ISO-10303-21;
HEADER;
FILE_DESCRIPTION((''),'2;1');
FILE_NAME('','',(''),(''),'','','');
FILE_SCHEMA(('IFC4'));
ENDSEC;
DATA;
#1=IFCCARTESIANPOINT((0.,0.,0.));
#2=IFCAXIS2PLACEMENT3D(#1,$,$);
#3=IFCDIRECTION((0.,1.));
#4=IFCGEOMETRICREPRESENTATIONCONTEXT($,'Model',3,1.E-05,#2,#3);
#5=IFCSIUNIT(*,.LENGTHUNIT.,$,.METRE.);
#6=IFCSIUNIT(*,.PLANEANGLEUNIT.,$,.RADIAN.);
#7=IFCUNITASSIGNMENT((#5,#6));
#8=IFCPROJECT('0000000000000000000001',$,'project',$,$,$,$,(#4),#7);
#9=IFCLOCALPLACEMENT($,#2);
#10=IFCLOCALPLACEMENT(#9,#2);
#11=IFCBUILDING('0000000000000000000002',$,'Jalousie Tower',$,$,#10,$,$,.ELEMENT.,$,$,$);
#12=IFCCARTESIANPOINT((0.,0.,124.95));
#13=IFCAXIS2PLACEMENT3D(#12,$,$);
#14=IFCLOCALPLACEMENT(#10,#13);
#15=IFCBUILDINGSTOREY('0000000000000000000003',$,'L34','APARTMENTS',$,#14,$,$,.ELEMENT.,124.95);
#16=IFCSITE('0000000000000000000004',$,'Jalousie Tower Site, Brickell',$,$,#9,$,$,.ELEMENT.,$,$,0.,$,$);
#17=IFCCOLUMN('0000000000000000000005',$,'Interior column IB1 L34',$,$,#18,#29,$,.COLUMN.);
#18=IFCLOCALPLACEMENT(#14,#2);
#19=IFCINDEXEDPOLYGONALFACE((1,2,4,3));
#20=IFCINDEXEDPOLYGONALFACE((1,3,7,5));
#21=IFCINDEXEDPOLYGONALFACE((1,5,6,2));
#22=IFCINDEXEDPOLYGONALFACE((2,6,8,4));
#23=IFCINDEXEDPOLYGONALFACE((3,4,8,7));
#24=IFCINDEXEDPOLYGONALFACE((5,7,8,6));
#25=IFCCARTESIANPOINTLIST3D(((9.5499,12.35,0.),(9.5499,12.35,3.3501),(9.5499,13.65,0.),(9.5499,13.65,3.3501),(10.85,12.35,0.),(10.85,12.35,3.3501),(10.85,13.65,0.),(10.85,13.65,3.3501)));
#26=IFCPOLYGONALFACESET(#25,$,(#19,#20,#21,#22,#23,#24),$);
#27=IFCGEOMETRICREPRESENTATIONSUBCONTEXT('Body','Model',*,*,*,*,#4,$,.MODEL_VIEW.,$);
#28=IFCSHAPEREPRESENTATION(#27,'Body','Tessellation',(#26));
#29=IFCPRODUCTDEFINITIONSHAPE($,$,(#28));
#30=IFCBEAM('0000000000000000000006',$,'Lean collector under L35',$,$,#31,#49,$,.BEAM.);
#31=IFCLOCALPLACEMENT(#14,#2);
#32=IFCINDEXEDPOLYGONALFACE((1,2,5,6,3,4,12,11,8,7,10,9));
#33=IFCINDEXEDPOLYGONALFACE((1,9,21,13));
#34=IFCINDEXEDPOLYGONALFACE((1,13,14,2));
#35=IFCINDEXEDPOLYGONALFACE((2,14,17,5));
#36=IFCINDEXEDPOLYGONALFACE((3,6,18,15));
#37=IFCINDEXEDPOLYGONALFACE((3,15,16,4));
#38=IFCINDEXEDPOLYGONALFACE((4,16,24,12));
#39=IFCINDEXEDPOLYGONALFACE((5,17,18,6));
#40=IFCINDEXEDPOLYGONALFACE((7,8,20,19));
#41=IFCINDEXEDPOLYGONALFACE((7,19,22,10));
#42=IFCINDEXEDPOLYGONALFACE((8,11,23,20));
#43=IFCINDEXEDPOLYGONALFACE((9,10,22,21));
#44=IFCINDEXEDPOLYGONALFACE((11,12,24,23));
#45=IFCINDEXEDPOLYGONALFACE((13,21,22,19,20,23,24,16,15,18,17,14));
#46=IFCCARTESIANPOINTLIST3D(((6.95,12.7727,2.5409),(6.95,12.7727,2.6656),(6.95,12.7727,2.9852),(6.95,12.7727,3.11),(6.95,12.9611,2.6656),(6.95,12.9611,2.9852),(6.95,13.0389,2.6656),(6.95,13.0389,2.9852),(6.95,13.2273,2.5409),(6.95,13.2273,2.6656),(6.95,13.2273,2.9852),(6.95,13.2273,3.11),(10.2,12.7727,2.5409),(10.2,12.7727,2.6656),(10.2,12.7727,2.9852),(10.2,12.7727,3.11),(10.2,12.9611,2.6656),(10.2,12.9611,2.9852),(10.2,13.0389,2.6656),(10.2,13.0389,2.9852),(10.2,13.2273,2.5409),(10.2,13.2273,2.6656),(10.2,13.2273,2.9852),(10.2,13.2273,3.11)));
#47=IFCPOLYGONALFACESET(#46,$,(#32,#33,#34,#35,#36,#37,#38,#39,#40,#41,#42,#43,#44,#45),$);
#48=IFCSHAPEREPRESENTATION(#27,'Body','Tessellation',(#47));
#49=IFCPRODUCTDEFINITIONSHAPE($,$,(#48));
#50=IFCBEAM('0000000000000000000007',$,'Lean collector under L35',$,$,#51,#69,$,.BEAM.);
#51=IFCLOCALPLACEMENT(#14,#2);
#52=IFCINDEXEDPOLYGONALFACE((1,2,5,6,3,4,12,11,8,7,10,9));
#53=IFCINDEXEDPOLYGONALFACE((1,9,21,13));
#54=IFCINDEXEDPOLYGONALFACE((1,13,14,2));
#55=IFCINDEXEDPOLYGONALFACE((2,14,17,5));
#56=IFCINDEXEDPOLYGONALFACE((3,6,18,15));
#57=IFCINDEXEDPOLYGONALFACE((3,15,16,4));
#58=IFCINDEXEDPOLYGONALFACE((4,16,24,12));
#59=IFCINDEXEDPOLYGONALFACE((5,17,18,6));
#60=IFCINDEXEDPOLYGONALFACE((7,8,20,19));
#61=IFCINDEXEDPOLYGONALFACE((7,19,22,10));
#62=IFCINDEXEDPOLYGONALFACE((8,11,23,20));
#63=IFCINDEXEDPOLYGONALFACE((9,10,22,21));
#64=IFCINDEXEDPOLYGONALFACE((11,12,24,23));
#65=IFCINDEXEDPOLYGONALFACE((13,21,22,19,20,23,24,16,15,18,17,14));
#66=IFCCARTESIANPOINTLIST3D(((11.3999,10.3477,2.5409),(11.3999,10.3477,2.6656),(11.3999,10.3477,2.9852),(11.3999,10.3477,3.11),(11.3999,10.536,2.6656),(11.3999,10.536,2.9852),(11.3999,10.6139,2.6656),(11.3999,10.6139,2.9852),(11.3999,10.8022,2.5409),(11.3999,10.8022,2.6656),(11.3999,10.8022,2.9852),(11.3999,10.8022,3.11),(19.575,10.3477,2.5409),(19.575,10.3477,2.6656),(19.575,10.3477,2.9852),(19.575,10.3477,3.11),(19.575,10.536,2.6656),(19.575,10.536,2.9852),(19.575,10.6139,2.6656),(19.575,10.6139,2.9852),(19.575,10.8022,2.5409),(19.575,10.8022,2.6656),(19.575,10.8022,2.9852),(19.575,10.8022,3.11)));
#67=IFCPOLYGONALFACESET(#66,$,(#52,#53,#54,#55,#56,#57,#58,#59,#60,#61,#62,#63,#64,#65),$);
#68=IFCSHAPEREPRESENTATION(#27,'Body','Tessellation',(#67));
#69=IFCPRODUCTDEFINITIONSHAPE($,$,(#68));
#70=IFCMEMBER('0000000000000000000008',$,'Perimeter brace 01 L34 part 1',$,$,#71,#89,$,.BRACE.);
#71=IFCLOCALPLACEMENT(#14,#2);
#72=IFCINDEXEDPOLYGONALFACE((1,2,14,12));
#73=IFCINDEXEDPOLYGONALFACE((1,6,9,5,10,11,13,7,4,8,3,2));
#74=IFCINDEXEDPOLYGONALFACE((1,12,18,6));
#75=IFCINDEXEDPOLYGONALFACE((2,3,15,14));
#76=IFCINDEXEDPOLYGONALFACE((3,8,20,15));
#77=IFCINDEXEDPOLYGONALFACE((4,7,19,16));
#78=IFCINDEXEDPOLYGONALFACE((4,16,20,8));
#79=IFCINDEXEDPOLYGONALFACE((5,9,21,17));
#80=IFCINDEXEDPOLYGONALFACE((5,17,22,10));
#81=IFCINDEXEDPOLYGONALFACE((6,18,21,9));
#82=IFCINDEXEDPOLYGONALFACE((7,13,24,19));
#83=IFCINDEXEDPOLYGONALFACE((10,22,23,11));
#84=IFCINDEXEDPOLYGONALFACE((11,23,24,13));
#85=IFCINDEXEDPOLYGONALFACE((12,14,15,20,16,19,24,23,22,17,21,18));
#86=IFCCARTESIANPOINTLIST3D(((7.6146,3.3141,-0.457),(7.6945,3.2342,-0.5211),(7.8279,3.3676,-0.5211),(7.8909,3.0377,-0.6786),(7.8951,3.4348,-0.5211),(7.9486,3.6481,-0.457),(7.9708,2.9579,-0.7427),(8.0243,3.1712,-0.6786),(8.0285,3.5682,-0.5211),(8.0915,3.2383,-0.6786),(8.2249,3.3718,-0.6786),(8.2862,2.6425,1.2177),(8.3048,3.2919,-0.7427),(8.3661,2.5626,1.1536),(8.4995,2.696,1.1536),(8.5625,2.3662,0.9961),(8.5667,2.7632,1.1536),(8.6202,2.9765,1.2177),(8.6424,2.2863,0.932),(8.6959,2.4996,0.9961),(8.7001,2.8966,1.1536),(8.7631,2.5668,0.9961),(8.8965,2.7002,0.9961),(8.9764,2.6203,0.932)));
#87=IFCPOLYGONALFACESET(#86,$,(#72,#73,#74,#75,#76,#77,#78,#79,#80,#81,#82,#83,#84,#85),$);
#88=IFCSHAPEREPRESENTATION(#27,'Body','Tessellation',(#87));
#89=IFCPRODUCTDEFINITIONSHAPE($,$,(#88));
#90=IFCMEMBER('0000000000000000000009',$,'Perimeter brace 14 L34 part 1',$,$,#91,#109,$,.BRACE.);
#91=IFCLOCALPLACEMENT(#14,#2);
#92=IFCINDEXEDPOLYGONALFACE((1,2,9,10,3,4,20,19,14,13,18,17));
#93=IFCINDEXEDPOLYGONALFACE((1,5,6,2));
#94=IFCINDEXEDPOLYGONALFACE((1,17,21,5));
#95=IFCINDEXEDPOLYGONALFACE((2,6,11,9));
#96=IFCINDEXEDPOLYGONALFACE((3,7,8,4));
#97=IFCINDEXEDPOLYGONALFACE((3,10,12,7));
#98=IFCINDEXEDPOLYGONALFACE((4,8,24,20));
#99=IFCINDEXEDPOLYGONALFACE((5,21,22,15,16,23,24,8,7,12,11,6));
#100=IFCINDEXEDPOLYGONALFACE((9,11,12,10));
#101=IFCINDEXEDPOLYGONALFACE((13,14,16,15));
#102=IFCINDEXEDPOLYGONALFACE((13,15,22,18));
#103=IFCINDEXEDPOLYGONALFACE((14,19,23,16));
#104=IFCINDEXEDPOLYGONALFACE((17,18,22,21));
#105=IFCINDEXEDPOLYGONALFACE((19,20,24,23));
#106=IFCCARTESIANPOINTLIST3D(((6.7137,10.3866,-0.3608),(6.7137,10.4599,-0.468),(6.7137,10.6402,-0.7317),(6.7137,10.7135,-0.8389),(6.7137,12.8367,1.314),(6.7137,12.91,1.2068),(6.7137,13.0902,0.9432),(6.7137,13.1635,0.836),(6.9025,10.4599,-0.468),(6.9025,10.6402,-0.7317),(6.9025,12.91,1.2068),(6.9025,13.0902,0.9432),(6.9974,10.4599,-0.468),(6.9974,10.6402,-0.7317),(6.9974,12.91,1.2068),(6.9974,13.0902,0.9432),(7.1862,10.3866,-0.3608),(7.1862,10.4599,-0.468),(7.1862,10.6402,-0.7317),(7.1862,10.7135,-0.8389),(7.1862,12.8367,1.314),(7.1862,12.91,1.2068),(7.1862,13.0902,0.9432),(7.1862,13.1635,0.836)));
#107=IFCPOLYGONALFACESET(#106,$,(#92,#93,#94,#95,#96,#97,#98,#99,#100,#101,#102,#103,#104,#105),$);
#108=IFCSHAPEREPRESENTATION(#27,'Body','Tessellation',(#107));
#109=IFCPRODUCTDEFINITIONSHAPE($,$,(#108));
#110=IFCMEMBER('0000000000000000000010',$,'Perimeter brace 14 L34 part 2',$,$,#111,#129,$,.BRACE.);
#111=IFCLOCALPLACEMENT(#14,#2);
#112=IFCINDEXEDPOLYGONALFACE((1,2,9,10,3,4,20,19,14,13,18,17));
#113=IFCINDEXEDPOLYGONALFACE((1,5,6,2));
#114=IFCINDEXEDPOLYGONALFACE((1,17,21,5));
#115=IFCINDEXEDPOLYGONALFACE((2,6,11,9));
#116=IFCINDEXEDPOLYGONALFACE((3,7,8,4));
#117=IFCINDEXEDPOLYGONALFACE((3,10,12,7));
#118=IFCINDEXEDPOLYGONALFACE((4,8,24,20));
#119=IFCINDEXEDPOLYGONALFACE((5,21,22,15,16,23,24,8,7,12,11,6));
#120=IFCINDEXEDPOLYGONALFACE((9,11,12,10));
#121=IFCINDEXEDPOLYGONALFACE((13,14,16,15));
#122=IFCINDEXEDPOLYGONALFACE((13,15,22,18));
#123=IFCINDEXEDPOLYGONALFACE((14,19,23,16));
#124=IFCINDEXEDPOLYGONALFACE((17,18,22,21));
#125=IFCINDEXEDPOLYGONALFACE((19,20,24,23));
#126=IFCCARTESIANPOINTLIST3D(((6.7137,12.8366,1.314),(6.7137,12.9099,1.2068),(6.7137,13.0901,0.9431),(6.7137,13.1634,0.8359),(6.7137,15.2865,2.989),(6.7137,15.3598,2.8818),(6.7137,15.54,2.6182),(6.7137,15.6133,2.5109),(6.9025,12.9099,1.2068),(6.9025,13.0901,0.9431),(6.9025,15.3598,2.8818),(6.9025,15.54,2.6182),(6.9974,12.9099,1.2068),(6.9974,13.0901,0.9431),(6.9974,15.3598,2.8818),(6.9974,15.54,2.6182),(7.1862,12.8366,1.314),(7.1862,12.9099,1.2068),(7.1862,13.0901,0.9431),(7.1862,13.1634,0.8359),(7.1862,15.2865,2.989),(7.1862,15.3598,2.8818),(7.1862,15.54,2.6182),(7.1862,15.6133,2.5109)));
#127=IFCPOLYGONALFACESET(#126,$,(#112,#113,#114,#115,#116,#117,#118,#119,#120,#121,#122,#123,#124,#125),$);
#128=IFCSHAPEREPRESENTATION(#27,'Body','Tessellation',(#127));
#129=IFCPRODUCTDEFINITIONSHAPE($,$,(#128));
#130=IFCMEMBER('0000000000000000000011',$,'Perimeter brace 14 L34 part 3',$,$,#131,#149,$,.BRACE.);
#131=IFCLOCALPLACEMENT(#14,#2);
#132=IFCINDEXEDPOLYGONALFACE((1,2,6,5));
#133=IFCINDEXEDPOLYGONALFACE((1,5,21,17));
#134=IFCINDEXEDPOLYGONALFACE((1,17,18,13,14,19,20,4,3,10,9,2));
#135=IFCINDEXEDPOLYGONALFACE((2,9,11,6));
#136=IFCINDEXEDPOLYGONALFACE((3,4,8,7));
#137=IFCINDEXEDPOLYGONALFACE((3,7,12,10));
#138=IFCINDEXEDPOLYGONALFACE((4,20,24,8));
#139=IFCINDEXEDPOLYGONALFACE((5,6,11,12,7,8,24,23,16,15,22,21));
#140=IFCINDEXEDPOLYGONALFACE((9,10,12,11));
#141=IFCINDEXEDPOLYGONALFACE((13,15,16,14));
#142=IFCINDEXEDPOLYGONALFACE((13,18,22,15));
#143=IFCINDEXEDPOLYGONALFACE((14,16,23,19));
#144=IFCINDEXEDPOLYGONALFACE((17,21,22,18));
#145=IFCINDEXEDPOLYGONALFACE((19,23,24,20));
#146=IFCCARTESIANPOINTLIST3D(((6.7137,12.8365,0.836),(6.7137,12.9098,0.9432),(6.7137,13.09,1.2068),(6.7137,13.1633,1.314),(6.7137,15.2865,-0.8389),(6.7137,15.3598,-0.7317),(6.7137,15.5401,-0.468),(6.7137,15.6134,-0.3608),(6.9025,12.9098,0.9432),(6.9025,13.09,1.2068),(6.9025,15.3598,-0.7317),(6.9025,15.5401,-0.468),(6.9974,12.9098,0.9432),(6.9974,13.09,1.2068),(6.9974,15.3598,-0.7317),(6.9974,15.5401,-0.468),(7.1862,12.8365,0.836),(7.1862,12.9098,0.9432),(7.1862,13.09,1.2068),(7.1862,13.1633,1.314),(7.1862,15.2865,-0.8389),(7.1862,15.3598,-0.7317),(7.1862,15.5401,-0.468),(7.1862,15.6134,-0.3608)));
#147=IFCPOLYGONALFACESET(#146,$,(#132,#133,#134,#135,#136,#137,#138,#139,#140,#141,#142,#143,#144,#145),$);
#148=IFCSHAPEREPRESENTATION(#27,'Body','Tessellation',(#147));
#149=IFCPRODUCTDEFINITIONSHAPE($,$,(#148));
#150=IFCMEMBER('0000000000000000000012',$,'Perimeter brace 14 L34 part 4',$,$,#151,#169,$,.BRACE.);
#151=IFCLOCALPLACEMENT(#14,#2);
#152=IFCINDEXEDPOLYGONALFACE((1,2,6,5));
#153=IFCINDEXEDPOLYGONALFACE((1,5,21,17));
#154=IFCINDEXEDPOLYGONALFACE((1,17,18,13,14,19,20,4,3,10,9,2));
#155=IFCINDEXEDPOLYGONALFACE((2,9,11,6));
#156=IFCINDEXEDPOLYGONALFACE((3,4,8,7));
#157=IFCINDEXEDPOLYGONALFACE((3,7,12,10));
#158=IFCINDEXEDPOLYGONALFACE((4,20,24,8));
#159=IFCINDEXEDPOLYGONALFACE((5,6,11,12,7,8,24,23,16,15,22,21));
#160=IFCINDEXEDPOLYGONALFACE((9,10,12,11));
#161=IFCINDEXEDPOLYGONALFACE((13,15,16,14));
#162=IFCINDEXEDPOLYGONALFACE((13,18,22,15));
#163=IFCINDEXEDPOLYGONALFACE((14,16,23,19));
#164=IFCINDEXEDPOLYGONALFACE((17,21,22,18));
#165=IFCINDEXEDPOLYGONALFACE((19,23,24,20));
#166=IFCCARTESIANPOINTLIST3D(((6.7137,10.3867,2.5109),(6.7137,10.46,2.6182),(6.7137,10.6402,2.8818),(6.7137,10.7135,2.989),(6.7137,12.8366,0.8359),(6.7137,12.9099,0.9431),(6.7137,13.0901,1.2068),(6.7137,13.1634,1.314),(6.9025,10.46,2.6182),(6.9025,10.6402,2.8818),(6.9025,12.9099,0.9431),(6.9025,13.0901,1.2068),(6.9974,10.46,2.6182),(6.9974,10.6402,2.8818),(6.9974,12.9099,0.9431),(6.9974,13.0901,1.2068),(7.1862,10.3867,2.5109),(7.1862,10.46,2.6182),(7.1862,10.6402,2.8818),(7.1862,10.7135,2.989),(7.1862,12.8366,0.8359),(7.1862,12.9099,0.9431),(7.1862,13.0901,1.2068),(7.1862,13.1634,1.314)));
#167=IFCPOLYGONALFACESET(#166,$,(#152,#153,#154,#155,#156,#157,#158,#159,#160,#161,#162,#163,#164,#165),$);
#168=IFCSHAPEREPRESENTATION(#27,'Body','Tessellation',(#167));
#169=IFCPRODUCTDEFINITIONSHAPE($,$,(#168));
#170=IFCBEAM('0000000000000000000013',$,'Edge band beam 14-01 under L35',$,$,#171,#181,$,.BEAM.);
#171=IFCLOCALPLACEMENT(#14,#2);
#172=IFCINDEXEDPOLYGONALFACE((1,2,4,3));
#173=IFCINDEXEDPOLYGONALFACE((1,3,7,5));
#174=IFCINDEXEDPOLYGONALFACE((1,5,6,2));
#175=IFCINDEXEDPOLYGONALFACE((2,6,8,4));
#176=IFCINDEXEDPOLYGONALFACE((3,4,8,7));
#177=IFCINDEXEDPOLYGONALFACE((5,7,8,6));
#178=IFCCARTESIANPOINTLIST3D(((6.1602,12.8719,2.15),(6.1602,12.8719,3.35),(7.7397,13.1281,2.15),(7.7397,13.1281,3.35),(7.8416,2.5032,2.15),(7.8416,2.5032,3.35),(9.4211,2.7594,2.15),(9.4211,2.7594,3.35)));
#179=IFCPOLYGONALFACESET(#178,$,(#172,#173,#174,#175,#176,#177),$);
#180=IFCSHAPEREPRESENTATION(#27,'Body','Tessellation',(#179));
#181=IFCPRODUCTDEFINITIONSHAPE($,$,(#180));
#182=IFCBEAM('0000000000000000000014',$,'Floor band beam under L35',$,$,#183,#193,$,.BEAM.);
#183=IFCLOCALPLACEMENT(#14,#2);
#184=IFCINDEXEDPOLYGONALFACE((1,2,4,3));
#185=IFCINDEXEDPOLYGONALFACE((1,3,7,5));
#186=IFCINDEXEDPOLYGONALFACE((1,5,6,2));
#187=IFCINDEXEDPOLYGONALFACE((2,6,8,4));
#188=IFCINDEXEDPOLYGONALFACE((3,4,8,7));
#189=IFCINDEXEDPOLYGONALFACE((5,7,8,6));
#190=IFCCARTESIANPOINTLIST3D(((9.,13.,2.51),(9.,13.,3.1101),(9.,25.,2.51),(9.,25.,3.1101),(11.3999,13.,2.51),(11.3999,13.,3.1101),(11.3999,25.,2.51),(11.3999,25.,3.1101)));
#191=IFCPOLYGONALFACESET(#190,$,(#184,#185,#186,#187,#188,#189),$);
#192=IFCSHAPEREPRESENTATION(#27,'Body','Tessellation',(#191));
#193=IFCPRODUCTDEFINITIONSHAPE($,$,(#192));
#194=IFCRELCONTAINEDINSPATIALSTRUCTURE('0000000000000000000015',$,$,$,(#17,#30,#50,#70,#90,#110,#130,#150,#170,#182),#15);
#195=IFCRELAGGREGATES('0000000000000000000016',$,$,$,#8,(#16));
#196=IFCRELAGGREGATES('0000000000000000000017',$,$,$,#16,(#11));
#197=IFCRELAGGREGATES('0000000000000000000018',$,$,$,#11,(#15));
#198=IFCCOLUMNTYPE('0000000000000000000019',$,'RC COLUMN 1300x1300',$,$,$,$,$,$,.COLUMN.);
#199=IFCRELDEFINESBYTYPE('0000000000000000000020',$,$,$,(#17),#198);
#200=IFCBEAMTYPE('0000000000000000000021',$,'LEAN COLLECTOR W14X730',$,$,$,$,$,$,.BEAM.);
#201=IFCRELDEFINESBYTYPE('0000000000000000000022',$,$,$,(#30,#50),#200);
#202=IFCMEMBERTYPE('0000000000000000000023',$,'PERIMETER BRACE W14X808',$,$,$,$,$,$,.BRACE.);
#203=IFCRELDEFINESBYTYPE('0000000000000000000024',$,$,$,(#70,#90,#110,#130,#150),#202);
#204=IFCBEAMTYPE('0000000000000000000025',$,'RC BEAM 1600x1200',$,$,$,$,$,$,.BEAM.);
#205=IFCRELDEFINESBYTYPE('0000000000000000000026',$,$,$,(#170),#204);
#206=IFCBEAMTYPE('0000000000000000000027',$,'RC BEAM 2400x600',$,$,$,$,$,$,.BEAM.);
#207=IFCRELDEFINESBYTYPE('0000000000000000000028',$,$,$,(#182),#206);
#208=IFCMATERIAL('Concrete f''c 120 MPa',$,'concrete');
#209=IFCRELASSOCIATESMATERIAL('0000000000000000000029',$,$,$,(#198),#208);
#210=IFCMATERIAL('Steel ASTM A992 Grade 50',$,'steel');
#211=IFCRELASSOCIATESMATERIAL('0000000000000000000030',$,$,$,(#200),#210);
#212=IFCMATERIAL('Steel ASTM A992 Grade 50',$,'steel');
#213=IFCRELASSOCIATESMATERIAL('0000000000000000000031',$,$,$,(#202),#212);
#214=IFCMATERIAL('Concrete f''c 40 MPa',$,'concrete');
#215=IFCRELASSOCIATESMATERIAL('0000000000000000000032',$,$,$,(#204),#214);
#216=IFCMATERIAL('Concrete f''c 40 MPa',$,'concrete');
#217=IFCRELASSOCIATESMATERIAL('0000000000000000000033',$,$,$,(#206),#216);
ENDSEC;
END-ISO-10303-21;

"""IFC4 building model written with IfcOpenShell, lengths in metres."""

from ifc_helpers import new_model, si_unit, direction, frame, origin, origin_2d, place, context, subcontext, project, spatial, rectangle, i_section, extrude, material, material_profile, profile_set, type_object, element, save


model = new_model("IFC4")

# Units and contexts
model_context = context("Model", 3, precision=1e-05, world=origin(), true_north=direction((0.0, 1.0)))
body_context = subcontext(model_context, "Body", "Model", "MODEL_VIEW")
ifc_project = project(units=[si_unit("LENGTHUNIT", "METRE"), si_unit("PLANEANGLEUNIT", "RADIAN")], contexts=[model_context])

# Site, building, storey
site_placement = place(None, origin())
site = spatial("IfcSite", under=ifc_project, at=site_placement, Name="Jalousie Tower Site, Brickell", CompositionType="ELEMENT", RefElevation=0.0)
building_placement = place(site_placement, origin())
building = spatial("IfcBuilding", under=site, at=building_placement, Name="Jalousie Tower", CompositionType="ELEMENT")
storey_placement = place(building_placement, frame((0.0, 0.0, 124.95)))
storey = spatial("IfcBuildingStorey", under=building, at=storey_placement, Name="L34", Description="APARTMENTS", CompositionType="ELEMENT", Elevation=124.95)

# Column
ifc_material_1 = material(Name="Concrete f'c 120 MPa", Category="concrete")
ifc_material_profile_1 = material_profile(ifc_material_1, rectangle(XDim=1.3, YDim=1.3, at=origin_2d()), Name="RC 1300x1300")
ifc_profile_set_1 = profile_set([ifc_material_profile_1], Name="Concrete f'c 120 MPa")
column_type = type_object("IfcColumnType", Name="RC COLUMN 1300x1300", PredefinedType="COLUMN", material=ifc_profile_set_1)
column_placement = place(storey_placement, frame((10.2, 13.0, 0.0), z_axis=(0.0, 0.0, 1.0), x_axis=(1.0, 0.0, 0.0)))
element("IfcColumn", 1, at=column_placement, inside=storey, type_object=column_type, Name="Interior column IB1 L34", PredefinedType="COLUMN", context=body_context, shape_type="SweptSolid", body=[
    extrude(rectangle(XDim=1.3, YDim=1.3, at=origin_2d()), origin(), (0.0, 0.0, 1.0), 3.3501),
])

# Beams
ifc_material_2 = material(Name="Steel ASTM A992 Grade 50", Category="steel")
ifc_material_profile_2 = material_profile(ifc_material_2, i_section(OverallWidth=0.4546, OverallDepth=0.5691, WebThickness=0.0779, FlangeThickness=0.1248, at=origin_2d()), Name="W14X730")
ifc_profile_set_2 = profile_set([ifc_material_profile_2], Name="Steel ASTM A992 Grade 50")
beam_type_1 = type_object("IfcBeamType", Name="LEAN COLLECTOR W14X730", PredefinedType="BEAM", material=ifc_profile_set_2)
beam_1_placement = place(storey_placement, frame((6.95, 13.0, 2.8254), z_axis=(1.0, 0.0, 0.0), x_axis=(0.0, 1.0, 0.0)))
element("IfcBeam", 2, at=beam_1_placement, inside=storey, type_object=beam_type_1, Name="Lean collector under L35", PredefinedType="BEAM", context=body_context, shape_type="SweptSolid", body=[
    extrude(i_section(OverallWidth=0.4546, OverallDepth=0.5691, WebThickness=0.0779, FlangeThickness=0.1248, at=origin_2d()), origin(), (0.0, 0.0, 1.0), 3.25),
])
beam_2_placement = place(storey_placement, frame((11.3999, 10.575, 2.8254), z_axis=(1.0, 0.0, 0.0), x_axis=(0.0, 1.0, 0.0)))
element("IfcBeam", 3, at=beam_2_placement, inside=storey, type_object=beam_type_1, Name="Lean collector under L35", PredefinedType="BEAM", context=body_context, shape_type="SweptSolid", body=[
    extrude(i_section(OverallWidth=0.4546, OverallDepth=0.5691, WebThickness=0.0779, FlangeThickness=0.1248, at=origin_2d()), origin(), (0.0, 0.0, 1.0), 8.175),
])

# Members
ifc_material_3 = material(Name="Steel ASTM A992 Grade 50", Category="steel")
ifc_material_profile_3 = material_profile(ifc_material_3, i_section(OverallWidth=0.4724, OverallDepth=0.5791, WebThickness=0.095, FlangeThickness=0.1299, at=origin_2d()), Name="W14X808")
ifc_profile_set_3 = profile_set([ifc_material_profile_3], Name="Steel ASTM A992 Grade 50")
member_type_1 = type_object("IfcMemberType", Name="PERIMETER BRACE W14X808", PredefinedType="BRACE", material=ifc_profile_set_3)
member_1_placement = place(storey_placement, frame((7.9597, 3.303, -0.5999), z_axis=(0.348828, -0.348828, 0.86985), x_axis=(0.707107, 0.707107, 0.0)))
element("IfcMember", 4, at=member_1_placement, inside=storey, type_object=member_type_1, Name="Perimeter brace 01 L34 part 1", PredefinedType="BRACE", context=body_context, shape_type="SweptSolid", body=[
    extrude(i_section(OverallWidth=0.4724, OverallDepth=0.5791, WebThickness=0.095, FlangeThickness=0.1299, at=origin_2d()), origin(), (0.0, 0.0, 1.0), 1.9253),
])
for number, where, z_axis, x_axis, name in (
    (5, (6.95, 10.55, -0.5999), (0.0, 0.825539, 0.564345), (-1.0, 0.0, 0.0), "Perimeter brace 14 L34 part 1"),
    (6, (6.95, 13.0, 1.075), (0.0, 0.825501, 0.564401), (-1.0, 0.0, 0.0), "Perimeter brace 14 L34 part 2"),
    (7, (6.95, 15.45, -0.5999), (0.0, -0.825539, 0.564345), (1.0, 0.0, 0.0), "Perimeter brace 14 L34 part 3"),
    (8, (6.95, 13.0, 1.075), (0.0, -0.825501, 0.564401), (1.0, 0.0, 0.0), "Perimeter brace 14 L34 part 4"),
):
    element("IfcMember", number, at=place(storey_placement, frame(where, z_axis=z_axis, x_axis=x_axis)), inside=storey, type_object=member_type_1, Name=name, PredefinedType="BRACE", context=body_context, shape_type="SweptSolid", body=[
        extrude(i_section(OverallWidth=0.4724, OverallDepth=0.5791, WebThickness=0.095, FlangeThickness=0.1299, at=origin_2d()), origin(), (0.0, 0.0, 1.0), 2.9678),
    ])

# Beams
ifc_material_4 = material(Name="Concrete f'c 40 MPa", Category="concrete")
ifc_material_profile_4 = material_profile(ifc_material_4, rectangle(XDim=1.6001, YDim=1.2, at=origin_2d()), Name="RC 1600x1200")
ifc_profile_set_4 = profile_set([ifc_material_profile_4], Name="Concrete f'c 40 MPa")
beam_type_2 = type_object("IfcBeamType", Name="RC BEAM 1600x1200", PredefinedType="BEAM", material=ifc_profile_set_4)
beam_3_placement = place(storey_placement, frame((6.95, 13.0, 2.75), z_axis=(0.160071, -0.987106, 0.0), x_axis=(0.987106, 0.160071, 0.0)))
element("IfcBeam", 9, at=beam_3_placement, inside=storey, type_object=beam_type_2, Name="Edge band beam 14-01 under L35", PredefinedType="BEAM", context=body_context, shape_type="SweptSolid", body=[
    extrude(rectangle(XDim=1.6001, YDim=1.2, at=origin_2d()), origin(), (0.0, 0.0, 1.0), 10.5042),
])
ifc_material_5 = material(Name="Concrete f'c 40 MPa", Category="concrete")
ifc_material_profile_5 = material_profile(ifc_material_5, rectangle(XDim=2.3999, YDim=0.6001, at=origin_2d()), Name="RC 2400x600")
ifc_profile_set_5 = profile_set([ifc_material_profile_5], Name="Concrete f'c 40 MPa")
beam_type_3 = type_object("IfcBeamType", Name="RC BEAM 2400x600", PredefinedType="BEAM", material=ifc_profile_set_5)
beam_4_placement = place(storey_placement, frame((10.2, 13.0, 2.8101), z_axis=(0.0, 1.0, 0.0), x_axis=(-1.0, 0.0, 0.0)))
element("IfcBeam", 10, at=beam_4_placement, inside=storey, type_object=beam_type_3, Name="Floor band beam under L35", PredefinedType="BEAM", context=body_context, shape_type="SweptSolid", body=[
    extrude(rectangle(XDim=2.3999, YDim=0.6001, at=origin_2d()), origin(), (0.0, 0.0, 1.0), 12.0),
])

save(model, "model.ifc")
